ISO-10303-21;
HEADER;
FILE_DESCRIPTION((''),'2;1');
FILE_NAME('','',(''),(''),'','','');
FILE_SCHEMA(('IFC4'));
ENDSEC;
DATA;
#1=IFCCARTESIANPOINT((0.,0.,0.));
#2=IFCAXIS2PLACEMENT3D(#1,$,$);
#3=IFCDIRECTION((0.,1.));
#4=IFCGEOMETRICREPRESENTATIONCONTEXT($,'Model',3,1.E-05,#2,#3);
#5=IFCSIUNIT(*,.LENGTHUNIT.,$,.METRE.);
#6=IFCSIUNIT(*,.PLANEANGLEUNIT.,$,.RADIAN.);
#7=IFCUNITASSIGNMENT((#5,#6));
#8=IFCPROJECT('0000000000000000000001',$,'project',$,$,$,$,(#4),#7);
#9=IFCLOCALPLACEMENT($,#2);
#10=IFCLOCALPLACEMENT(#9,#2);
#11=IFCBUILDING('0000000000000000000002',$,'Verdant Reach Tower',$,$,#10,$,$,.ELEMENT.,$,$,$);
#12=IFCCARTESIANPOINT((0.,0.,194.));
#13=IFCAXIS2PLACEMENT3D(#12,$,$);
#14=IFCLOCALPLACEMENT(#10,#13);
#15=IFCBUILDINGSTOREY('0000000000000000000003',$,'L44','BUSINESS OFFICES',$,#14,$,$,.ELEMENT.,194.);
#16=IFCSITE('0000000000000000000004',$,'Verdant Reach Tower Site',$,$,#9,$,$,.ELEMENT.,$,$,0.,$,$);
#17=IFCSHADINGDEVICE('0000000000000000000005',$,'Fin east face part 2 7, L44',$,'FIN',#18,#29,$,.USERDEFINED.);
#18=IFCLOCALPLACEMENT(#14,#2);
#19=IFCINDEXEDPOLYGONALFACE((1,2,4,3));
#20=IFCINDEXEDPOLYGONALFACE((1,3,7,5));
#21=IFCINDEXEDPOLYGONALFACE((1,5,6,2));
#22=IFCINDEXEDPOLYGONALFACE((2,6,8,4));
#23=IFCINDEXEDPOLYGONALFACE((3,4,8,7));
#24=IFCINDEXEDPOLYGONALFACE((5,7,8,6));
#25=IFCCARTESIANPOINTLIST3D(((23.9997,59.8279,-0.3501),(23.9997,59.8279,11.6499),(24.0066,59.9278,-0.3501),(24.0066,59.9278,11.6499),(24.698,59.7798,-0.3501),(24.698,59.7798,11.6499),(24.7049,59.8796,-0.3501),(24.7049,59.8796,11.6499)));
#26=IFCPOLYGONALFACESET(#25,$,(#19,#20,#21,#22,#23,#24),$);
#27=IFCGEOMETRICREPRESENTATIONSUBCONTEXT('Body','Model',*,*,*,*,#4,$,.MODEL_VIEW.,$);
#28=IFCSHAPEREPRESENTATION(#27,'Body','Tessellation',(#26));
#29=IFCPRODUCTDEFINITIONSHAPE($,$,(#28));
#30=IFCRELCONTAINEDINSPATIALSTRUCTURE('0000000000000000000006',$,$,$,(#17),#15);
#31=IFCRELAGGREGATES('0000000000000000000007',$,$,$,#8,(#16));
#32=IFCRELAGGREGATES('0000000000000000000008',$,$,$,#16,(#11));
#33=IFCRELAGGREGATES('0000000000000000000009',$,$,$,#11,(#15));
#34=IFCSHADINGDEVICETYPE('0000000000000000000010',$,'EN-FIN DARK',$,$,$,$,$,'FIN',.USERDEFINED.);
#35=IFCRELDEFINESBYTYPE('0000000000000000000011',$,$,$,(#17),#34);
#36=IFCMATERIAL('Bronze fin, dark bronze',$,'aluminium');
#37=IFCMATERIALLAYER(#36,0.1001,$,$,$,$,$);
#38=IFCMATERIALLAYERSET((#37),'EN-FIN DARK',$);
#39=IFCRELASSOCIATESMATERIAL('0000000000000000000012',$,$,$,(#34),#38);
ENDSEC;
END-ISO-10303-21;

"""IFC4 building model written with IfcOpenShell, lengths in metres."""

from ifc_helpers import new_model, si_unit, direction, frame, origin, origin_2d, place, context, subcontext, project, spatial, rectangle, extrude, material, layer, layer_set, type_object, element, save


model = new_model("IFC4")

# Units and contexts
model_context = context("Model", 3, precision=1e-05, world=origin(), true_north=direction((0.0, 1.0)))
body_context = subcontext(model_context, "Body", "Model", "MODEL_VIEW")
ifc_project = project(units=[si_unit("LENGTHUNIT", "METRE"), si_unit("PLANEANGLEUNIT", "RADIAN")], contexts=[model_context])

# Site, building, storey
site_placement = place(None, origin())
site = spatial("IfcSite", under=ifc_project, at=site_placement, Name="Verdant Reach Tower Site", CompositionType="ELEMENT", RefElevation=0.0)
building_placement = place(site_placement, origin())
building = spatial("IfcBuilding", under=site, at=building_placement, Name="Verdant Reach Tower", CompositionType="ELEMENT")
storey_placement = place(building_placement, frame((0.0, 0.0, 194.0)))
storey = spatial("IfcBuildingStorey", under=building, at=storey_placement, Name="L44", Description="BUSINESS OFFICES", CompositionType="ELEMENT", Elevation=194.0)

# Shading device
ifc_material_1 = material(Name="Bronze fin, dark bronze", Category="aluminium")
ifc_layer_1 = layer(ifc_material_1, 0.1001)
ifc_layer_set_1 = layer_set([ifc_layer_1], Name="EN-FIN DARK")
shading_device_type_1 = type_object("IfcShadingDeviceType", Name="EN-FIN DARK", ElementType="FIN", PredefinedType="USERDEFINED", material=ifc_layer_set_1)
shading_device_placement = place(storey_placement, frame((24.3523, 59.8538, -0.3501), z_axis=(0.0, 0.0, 1.0), x_axis=(0.068802, 0.99763, 0.0)))
element("IfcShadingDevice", 1, at=shading_device_placement, inside=storey, type_object=shading_device_type_1, Name="Fin east face part 2 7, L44", ObjectType="FIN", PredefinedType="USERDEFINED", context=body_context, shape_type="SweptSolid", body=[
    extrude(rectangle(XDim=0.1001, YDim=0.7, at=origin_2d()), origin(), (0.0, 0.0, 1.0), 12.0),
])

save(model, "model.ifc")
